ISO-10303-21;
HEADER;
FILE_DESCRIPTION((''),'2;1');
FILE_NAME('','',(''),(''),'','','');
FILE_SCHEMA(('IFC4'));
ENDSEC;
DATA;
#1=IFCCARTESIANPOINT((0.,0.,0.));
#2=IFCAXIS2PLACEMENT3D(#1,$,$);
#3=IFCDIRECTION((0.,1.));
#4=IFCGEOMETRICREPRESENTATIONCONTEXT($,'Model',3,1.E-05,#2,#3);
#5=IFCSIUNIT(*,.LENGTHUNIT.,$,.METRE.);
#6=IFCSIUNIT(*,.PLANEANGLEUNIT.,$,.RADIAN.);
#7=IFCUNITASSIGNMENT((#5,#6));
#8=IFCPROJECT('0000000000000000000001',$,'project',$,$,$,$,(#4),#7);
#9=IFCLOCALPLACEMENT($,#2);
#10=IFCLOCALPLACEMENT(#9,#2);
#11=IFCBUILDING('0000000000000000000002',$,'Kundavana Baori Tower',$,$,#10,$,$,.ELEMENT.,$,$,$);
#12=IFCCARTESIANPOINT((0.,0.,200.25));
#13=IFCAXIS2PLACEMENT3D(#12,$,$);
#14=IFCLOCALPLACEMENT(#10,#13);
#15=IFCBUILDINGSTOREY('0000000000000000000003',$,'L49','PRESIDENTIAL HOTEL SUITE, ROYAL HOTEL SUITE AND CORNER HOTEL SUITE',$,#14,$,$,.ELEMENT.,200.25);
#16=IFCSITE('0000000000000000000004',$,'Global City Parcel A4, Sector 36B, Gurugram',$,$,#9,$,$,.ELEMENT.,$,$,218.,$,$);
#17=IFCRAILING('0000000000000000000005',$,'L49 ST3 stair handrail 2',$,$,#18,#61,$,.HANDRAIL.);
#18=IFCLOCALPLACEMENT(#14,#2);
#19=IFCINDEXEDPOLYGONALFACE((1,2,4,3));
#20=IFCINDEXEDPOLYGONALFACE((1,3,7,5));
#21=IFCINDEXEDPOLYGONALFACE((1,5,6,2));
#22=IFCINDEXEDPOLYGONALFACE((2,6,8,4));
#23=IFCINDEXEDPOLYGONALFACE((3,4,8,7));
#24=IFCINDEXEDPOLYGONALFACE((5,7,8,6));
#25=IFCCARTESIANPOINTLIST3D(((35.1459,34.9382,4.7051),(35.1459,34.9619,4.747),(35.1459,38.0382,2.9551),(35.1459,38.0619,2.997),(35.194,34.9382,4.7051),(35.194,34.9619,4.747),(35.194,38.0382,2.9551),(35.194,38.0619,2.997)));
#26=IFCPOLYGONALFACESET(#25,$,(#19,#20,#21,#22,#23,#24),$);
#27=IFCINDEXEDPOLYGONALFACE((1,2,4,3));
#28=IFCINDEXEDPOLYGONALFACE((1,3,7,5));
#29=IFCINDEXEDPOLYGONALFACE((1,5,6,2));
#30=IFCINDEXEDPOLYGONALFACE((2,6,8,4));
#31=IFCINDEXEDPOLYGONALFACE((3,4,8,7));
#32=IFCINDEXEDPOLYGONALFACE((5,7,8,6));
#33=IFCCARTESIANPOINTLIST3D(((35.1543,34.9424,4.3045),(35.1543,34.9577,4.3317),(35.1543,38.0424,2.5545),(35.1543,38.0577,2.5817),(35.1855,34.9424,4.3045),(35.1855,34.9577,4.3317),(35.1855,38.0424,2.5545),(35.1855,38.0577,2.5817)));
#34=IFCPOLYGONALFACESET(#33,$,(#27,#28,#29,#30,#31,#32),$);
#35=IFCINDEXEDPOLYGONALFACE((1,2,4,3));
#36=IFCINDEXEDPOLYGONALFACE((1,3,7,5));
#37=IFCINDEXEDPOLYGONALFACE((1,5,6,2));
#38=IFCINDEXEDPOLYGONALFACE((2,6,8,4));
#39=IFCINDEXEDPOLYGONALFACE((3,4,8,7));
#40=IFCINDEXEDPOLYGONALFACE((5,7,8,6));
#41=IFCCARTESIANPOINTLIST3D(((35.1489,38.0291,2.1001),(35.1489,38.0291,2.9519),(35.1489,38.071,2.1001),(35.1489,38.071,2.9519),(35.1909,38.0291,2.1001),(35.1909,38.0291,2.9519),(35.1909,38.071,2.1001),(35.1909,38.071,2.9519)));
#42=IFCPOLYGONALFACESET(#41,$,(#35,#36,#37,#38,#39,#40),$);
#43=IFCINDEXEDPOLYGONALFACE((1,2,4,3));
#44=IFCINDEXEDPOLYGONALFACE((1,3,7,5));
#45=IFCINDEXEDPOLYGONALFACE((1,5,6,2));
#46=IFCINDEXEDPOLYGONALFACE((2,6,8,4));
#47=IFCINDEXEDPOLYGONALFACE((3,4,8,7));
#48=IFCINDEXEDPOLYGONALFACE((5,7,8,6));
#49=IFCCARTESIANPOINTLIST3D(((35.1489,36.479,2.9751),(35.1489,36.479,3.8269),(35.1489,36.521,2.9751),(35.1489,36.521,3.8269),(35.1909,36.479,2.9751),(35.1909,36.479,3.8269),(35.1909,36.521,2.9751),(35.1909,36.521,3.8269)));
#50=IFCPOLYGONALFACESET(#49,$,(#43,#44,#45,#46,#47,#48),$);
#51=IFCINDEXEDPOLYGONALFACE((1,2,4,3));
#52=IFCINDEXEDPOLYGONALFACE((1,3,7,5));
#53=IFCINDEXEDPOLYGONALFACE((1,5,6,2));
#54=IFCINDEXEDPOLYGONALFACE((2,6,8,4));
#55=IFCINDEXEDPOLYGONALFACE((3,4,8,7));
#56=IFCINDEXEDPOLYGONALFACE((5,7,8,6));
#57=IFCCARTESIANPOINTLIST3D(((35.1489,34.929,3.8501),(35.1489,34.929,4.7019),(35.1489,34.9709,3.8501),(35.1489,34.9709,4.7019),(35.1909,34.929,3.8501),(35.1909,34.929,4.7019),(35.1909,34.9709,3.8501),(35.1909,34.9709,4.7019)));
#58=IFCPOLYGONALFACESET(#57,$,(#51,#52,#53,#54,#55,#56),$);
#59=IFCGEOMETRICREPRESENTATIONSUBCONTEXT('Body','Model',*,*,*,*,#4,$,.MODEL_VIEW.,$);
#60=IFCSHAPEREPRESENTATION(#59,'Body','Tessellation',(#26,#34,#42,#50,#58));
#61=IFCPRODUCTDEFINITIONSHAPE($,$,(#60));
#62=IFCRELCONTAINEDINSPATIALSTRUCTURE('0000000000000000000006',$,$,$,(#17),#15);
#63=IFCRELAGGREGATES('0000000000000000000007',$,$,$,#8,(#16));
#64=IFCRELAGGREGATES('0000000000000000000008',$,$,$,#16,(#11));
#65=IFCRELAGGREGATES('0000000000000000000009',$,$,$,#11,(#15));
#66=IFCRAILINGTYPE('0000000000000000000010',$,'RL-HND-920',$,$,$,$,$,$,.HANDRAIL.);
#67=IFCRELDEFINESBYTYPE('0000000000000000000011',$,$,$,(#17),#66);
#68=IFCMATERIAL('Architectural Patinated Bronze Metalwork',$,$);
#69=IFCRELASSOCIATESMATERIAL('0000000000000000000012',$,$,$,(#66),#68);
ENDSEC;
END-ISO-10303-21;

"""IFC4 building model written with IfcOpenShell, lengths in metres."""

from ifc_helpers import new_model, si_unit, direction, frame, origin, origin_2d, place, context, subcontext, project, spatial, rectangle, extrude, material, type_object, element, save


model = new_model("IFC4")

# Units and contexts
model_context = context("Model", 3, precision=1e-05, world=origin(), true_north=direction((0.0, 1.0)))
body_context = subcontext(model_context, "Body", "Model", "MODEL_VIEW")
ifc_project = project(units=[si_unit("LENGTHUNIT", "METRE"), si_unit("PLANEANGLEUNIT", "RADIAN")], contexts=[model_context])

# Site, building, storey
site_placement = place(None, origin())
site = spatial("IfcSite", under=ifc_project, at=site_placement, Name="Global City Parcel A4, Sector 36B, Gurugram", CompositionType="ELEMENT", RefElevation=218.0)
building_placement = place(site_placement, origin())
building = spatial("IfcBuilding", under=site, at=building_placement, Name="Kundavana Baori Tower", CompositionType="ELEMENT")
storey_placement = place(building_placement, frame((0.0, 0.0, 200.25)))
storey = spatial("IfcBuildingStorey", under=building, at=storey_placement, Name="L49", Description="PRESIDENTIAL HOTEL SUITE, ROYAL HOTEL SUITE AND CORNER HOTEL SUITE", CompositionType="ELEMENT", Elevation=200.25)

# Railing
ifc_material_1 = material(Name="Architectural Patinated Bronze Metalwork")
railing_type_1 = type_object("IfcRailingType", Name="RL-HND-920", PredefinedType="HANDRAIL", material=ifc_material_1)
railing_1_placement = place(storey_placement, frame((35.1699, 38.05, 2.1001)))
element("IfcRailing", 1, at=railing_1_placement, inside=storey, type_object=railing_type_1, Name="L49 ST3 stair handrail 2", PredefinedType="HANDRAIL", context=body_context, shape_type="SweptSolid", body=[
    extrude(rectangle(XDim=0.0481, YDim=0.0481, at=origin_2d()), frame((0.0, 0.0, 0.876), z_axis=(0.0, -0.870831, 0.491583), x_axis=(1.0, 0.0, 0.0)), (0.0, 0.0, 1.0), 3.5598),
    extrude(rectangle(XDim=0.0312, YDim=0.0312, at=origin_2d()), frame((0.0, 0.0, 0.468), z_axis=(0.0, -0.870831, 0.491583), x_axis=(1.0, 0.0, 0.0)), (0.0, 0.0, 1.0), 3.5598),
    extrude(rectangle(XDim=0.042, YDim=0.042, at=origin_2d()), origin(), (0.0, 0.0, 1.0), 0.8518),
    extrude(rectangle(XDim=0.042, YDim=0.042, at=origin_2d()), frame((0.0, -1.55, 0.875)), (0.0, 0.0, 1.0), 0.8518),
    extrude(rectangle(XDim=0.042, YDim=0.042, at=origin_2d()), frame((0.0, -3.1001, 1.75)), (0.0, 0.0, 1.0), 0.8518),
])

save(model, "model.ifc")
